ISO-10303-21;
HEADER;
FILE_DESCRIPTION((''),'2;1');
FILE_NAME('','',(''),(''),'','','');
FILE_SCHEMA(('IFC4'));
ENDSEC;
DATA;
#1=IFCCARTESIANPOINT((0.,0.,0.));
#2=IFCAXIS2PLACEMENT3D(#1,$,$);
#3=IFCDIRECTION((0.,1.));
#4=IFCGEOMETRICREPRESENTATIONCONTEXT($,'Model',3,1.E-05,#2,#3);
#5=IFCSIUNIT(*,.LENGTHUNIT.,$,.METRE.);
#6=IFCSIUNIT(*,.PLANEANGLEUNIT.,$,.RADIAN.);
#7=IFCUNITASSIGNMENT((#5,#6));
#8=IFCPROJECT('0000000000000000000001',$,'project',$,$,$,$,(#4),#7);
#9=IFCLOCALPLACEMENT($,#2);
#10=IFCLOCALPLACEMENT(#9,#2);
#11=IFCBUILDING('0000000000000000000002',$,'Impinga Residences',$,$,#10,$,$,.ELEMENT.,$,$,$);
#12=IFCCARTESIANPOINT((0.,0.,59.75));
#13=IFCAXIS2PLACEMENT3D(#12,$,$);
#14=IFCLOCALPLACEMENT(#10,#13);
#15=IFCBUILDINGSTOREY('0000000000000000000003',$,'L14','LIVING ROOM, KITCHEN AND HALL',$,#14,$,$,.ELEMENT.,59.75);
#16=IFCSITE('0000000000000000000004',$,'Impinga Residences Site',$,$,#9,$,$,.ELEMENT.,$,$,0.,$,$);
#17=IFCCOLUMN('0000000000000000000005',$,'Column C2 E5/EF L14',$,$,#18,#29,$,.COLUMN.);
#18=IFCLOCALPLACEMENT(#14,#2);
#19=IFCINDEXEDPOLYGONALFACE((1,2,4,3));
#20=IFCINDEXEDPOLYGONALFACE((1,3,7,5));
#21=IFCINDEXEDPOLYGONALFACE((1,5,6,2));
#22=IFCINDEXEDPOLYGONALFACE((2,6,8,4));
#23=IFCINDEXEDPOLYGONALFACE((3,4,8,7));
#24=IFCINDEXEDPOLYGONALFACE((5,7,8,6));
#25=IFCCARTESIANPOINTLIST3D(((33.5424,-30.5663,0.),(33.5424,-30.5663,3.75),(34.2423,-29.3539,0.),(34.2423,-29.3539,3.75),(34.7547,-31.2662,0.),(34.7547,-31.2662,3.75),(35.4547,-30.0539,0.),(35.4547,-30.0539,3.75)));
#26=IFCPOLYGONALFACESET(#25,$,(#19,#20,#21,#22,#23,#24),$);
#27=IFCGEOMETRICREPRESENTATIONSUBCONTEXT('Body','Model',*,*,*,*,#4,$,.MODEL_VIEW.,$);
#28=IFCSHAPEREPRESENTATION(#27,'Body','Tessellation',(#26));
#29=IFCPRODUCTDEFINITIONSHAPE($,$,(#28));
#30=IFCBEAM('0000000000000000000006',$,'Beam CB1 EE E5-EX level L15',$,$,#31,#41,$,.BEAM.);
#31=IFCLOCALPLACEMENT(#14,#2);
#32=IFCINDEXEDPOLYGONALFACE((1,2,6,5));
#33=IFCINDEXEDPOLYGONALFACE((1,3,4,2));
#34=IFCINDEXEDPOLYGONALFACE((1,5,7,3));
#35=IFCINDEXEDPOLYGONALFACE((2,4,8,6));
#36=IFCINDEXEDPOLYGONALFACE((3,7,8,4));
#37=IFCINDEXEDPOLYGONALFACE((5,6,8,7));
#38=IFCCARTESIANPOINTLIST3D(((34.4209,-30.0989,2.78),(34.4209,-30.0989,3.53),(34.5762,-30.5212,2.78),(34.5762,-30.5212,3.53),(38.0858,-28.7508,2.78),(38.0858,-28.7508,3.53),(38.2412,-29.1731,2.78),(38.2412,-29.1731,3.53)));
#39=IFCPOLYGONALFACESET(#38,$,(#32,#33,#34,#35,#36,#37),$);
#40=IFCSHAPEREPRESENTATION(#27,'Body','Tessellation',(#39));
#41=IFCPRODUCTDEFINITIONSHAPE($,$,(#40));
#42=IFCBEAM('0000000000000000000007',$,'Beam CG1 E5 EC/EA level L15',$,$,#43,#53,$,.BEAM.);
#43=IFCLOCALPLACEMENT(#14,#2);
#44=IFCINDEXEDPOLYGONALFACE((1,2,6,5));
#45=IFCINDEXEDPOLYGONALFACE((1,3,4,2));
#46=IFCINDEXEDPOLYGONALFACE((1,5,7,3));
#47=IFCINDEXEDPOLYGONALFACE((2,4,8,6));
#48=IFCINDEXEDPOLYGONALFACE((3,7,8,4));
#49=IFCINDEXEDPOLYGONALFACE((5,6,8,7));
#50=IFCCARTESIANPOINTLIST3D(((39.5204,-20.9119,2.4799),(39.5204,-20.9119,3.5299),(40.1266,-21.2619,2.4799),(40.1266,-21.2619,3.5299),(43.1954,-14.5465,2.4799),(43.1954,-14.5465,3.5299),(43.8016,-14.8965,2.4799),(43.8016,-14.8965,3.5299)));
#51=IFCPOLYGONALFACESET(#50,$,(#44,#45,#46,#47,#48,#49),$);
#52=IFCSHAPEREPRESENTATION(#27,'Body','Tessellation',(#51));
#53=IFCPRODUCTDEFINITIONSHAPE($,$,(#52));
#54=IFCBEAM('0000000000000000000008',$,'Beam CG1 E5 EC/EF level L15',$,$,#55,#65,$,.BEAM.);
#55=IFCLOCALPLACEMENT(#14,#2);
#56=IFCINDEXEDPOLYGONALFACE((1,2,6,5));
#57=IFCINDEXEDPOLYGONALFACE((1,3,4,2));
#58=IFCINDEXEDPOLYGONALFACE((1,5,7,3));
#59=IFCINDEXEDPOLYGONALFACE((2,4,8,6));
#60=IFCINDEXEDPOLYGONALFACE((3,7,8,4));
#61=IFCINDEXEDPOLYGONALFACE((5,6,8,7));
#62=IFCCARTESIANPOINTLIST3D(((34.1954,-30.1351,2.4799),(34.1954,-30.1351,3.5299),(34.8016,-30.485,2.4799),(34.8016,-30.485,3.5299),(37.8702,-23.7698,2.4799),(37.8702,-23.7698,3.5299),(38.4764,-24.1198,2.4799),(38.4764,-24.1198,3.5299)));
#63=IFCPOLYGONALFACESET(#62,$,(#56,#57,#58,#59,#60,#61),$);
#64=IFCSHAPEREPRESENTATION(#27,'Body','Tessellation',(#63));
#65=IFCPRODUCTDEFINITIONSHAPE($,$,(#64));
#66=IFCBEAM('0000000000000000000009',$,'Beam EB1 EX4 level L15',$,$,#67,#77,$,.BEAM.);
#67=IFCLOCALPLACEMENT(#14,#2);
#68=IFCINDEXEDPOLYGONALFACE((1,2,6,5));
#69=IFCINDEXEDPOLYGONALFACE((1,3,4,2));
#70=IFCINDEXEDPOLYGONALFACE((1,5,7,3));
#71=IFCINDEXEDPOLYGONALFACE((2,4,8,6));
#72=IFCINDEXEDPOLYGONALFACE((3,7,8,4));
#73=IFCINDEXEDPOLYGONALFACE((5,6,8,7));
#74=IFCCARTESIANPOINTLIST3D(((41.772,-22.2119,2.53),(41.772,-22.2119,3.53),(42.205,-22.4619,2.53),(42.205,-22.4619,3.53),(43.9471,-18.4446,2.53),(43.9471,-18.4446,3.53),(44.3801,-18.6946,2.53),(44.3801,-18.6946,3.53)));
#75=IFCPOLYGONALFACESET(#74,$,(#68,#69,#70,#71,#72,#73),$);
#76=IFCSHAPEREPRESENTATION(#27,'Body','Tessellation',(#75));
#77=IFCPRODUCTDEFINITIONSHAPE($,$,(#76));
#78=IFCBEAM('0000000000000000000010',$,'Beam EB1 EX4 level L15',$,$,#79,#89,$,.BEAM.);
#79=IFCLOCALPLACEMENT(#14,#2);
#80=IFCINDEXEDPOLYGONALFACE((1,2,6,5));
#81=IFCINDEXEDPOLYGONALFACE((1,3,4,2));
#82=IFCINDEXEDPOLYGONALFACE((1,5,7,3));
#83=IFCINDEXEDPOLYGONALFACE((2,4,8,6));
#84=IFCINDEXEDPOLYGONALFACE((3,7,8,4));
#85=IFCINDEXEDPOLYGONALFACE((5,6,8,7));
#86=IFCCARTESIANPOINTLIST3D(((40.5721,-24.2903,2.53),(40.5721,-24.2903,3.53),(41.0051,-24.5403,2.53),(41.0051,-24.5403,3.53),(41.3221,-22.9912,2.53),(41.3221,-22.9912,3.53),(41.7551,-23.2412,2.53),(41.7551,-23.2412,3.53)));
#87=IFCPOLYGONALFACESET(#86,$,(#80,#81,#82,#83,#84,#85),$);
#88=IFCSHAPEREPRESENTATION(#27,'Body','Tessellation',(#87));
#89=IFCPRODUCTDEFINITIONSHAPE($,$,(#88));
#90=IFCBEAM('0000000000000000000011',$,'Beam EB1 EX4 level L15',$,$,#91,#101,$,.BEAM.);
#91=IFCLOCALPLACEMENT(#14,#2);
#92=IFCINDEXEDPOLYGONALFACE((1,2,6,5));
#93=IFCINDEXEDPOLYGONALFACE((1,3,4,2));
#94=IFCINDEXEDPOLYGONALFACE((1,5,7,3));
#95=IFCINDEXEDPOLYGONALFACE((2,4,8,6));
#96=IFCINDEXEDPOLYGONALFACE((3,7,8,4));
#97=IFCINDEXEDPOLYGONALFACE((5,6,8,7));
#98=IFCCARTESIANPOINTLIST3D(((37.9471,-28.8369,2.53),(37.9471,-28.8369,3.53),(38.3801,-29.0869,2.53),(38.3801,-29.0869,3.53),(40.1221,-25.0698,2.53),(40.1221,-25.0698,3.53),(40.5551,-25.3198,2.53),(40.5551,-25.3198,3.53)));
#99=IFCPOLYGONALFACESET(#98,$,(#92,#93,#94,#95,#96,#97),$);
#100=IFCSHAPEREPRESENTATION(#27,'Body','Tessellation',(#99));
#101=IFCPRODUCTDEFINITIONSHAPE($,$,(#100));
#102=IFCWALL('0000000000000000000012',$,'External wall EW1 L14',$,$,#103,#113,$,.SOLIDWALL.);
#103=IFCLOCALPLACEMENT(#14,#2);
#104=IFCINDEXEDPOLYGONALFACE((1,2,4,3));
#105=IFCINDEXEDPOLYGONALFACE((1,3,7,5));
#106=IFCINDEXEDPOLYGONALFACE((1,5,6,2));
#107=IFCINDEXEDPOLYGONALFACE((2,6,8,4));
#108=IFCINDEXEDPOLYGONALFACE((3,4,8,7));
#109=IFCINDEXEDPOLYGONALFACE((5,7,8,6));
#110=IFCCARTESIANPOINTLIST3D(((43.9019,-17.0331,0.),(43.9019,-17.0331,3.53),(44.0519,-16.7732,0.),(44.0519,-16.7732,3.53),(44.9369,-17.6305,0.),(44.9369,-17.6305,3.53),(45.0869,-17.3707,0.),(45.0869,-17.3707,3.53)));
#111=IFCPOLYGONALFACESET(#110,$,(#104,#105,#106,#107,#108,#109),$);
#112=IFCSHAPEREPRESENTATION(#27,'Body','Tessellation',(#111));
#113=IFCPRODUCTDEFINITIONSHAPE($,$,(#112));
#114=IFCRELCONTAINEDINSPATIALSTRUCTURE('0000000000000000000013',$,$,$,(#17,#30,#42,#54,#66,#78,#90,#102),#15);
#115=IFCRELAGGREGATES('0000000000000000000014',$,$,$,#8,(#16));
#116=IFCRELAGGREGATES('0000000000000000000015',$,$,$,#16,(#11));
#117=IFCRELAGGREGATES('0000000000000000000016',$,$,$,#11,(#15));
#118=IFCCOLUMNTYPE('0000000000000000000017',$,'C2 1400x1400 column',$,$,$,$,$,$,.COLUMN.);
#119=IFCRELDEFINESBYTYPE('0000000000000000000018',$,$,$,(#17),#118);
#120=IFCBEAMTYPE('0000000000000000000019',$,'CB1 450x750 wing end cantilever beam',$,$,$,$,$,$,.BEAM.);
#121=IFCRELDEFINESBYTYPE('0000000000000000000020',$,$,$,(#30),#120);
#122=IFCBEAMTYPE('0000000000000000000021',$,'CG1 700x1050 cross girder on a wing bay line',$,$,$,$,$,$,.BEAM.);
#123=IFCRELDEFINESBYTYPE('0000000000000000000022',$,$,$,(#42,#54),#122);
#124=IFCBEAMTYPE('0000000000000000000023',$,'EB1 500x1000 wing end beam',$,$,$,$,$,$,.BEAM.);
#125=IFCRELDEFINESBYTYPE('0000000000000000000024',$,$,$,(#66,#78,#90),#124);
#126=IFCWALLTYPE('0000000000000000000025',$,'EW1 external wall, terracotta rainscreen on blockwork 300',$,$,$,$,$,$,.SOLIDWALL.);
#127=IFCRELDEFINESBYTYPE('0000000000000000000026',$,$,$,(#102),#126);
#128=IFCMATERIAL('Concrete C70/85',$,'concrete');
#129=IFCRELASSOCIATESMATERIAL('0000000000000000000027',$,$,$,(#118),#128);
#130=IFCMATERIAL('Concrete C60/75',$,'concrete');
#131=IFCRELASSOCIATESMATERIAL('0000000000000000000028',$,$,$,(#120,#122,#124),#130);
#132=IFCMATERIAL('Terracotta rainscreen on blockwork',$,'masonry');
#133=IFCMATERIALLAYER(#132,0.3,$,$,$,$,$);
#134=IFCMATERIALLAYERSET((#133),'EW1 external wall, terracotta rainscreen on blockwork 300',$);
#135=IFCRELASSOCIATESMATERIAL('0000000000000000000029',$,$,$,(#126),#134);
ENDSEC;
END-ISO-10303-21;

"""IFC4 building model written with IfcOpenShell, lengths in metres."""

from ifc_helpers import new_model, si_unit, direction, frame, frame_2d, origin, origin_2d, place, context, subcontext, project, spatial, rectangle, extrude, material, layer, layer_set, material_profile, profile_set, type_object, element, save


model = new_model("IFC4")

# Units and contexts
model_context = context("Model", 3, precision=1e-05, world=origin(), true_north=direction((0.0, 1.0)))
body_context = subcontext(model_context, "Body", "Model", "MODEL_VIEW")
ifc_project = project(units=[si_unit("LENGTHUNIT", "METRE"), si_unit("PLANEANGLEUNIT", "RADIAN")], contexts=[model_context])

# Site, building, storey
site_placement = place(None, origin())
site = spatial("IfcSite", under=ifc_project, at=site_placement, Name="Impinga Residences Site", CompositionType="ELEMENT", RefElevation=0.0)
building_placement = place(site_placement, origin())
building = spatial("IfcBuilding", under=site, at=building_placement, Name="Impinga Residences", CompositionType="ELEMENT")
storey_placement = place(building_placement, frame((0.0, 0.0, 59.75)))
storey = spatial("IfcBuildingStorey", under=building, at=storey_placement, Name="L14", Description="LIVING ROOM, KITCHEN AND HALL", CompositionType="ELEMENT", Elevation=59.75)

# Column
ifc_material_1 = material(Name="Concrete C70/85", Category="concrete")
ifc_material_profile_1 = material_profile(ifc_material_1, rectangle(XDim=1.3999, YDim=1.3999, at=origin_2d()), Name="RC 1400x1400")
ifc_profile_set_1 = profile_set([ifc_material_profile_1], Name="Concrete C70/85")
column_type = type_object("IfcColumnType", Name="C2 1400x1400 column", PredefinedType="COLUMN", material=ifc_profile_set_1)
column_placement = place(storey_placement, frame((34.4985, -30.3101, 0.0), z_axis=(0.0, 0.0, 1.0), x_axis=(-0.5, -0.866025, 0.0)))
element("IfcColumn", 1, at=column_placement, inside=storey, type_object=column_type, Name="Column C2 E5/EF L14", PredefinedType="COLUMN", context=body_context, shape_type="SweptSolid", body=[
    extrude(rectangle(XDim=1.3999, YDim=1.3999, at=origin_2d()), origin(), (0.0, 0.0, 1.0), 3.75),
])

# Beams
ifc_material_2 = material(Name="Concrete C60/75", Category="concrete")
ifc_material_profile_2 = material_profile(ifc_material_2, rectangle(XDim=0.45, YDim=0.75, at=origin_2d()), Name="RC 450x750")
ifc_profile_set_2 = profile_set([ifc_material_profile_2], Name="Concrete C60/75")
beam_type_1 = type_object("IfcBeamType", Name="CB1 450x750 wing end cantilever beam", PredefinedType="BEAM", material=ifc_profile_set_2)
beam_1_placement = place(storey_placement, frame((34.4985, -30.3101, 3.155), z_axis=(0.93852, 0.345224, 0.0), x_axis=(-0.345224, 0.93852, 0.0)))
element("IfcBeam", 2, at=beam_1_placement, inside=storey, type_object=beam_type_1, Name="Beam CB1 EE E5-EX level L15", PredefinedType="BEAM", context=body_context, shape_type="SweptSolid", body=[
    extrude(rectangle(XDim=0.45, YDim=0.75, at=origin_2d()), origin(), (0.0, 0.0, 1.0), 3.905),
])
ifc_material_profile_3 = material_profile(ifc_material_2, rectangle(XDim=0.7, YDim=1.05, at=origin_2d()), Name="RC 700x1050")
ifc_profile_set_3 = profile_set([ifc_material_profile_3], Name="Concrete C60/75")
beam_type_2 = type_object("IfcBeamType", Name="CG1 700x1050 cross girder on a wing bay line", PredefinedType="BEAM", material=ifc_profile_set_3)
beam_2_placement = place(storey_placement, frame((39.8235, -21.0869, 3.0049), z_axis=(0.499994, 0.866029, 0.0), x_axis=(-0.866029, 0.499994, 0.0)))
element("IfcBeam", 3, at=beam_2_placement, inside=storey, type_object=beam_type_2, Name="Beam CG1 E5 EC/EA level L15", PredefinedType="BEAM", context=body_context, shape_type="SweptSolid", body=[
    extrude(rectangle(XDim=0.7, YDim=1.05, at=origin_2d()), origin(), (0.0, 0.0, 1.0), 7.3501),
])
beam_3_placement = place(storey_placement, frame((38.1733, -23.9448, 3.0049), z_axis=(-0.499983, -0.866035, 0.0), x_axis=(0.866035, -0.499983, 0.0)))
element("IfcBeam", 4, at=beam_3_placement, inside=storey, type_object=beam_type_2, Name="Beam CG1 E5 EC/EF level L15", PredefinedType="BEAM", context=body_context, shape_type="SweptSolid", body=[
    extrude(rectangle(XDim=0.7, YDim=1.05, at=origin_2d()), origin(), (0.0, 0.0, 1.0), 7.3499),
])
ifc_material_profile_4 = material_profile(ifc_material_2, rectangle(XDim=0.5, YDim=1.0, at=origin_2d()), Name="RC 500x1000")
ifc_profile_set_4 = profile_set([ifc_material_profile_4], Name="Concrete C60/75")
beam_type_3 = type_object("IfcBeamType", Name="EB1 500x1000 wing end beam", PredefinedType="BEAM", material=ifc_profile_set_4)
beam_4_placement = place(storey_placement, frame((44.1636, -18.5696, 3.03), z_axis=(-0.499996, -0.866028, 0.0), x_axis=(0.866028, -0.499996, 0.0)))
element("IfcBeam", 5, at=beam_4_placement, inside=storey, type_object=beam_type_3, Name="Beam EB1 EX4 level L15", PredefinedType="BEAM", context=body_context, shape_type="SweptSolid", body=[
    extrude(rectangle(XDim=0.5, YDim=1.0, at=origin_2d()), origin(), (0.0, 0.0, 1.0), 4.3501),
])
beam_5_placement = place(storey_placement, frame((41.5386, -23.1162, 3.03), z_axis=(-0.49999, -0.866031, 0.0), x_axis=(0.866031, -0.49999, 0.0)))
element("IfcBeam", 6, at=beam_5_placement, inside=storey, type_object=beam_type_3, Name="Beam EB1 EX4 level L15", PredefinedType="BEAM", context=body_context, shape_type="SweptSolid", body=[
    extrude(rectangle(XDim=0.5, YDim=1.0, at=origin_2d()), origin(), (0.0, 0.0, 1.0), 1.5),
])
beam_6_placement = place(storey_placement, frame((40.3386, -25.1948, 3.03), z_axis=(-0.50002, -0.866014, 0.0), x_axis=(0.866014, -0.50002, 0.0)))
element("IfcBeam", 7, at=beam_6_placement, inside=storey, type_object=beam_type_3, Name="Beam EB1 EX4 level L15", PredefinedType="BEAM", context=body_context, shape_type="SweptSolid", body=[
    extrude(rectangle(XDim=0.5, YDim=1.0, at=origin_2d()), origin(), (0.0, 0.0, 1.0), 4.3499),
])

# Wall
ifc_material_3 = material(Name="Terracotta rainscreen on blockwork", Category="masonry")
ifc_layer_1 = layer(ifc_material_3, 0.3)
ifc_layer_set_1 = layer_set([ifc_layer_1], Name="EW1 external wall, terracotta rainscreen on blockwork 300")
wall_type_1 = type_object("IfcWallType", Name="EW1 external wall, terracotta rainscreen on blockwork 300", PredefinedType="SOLIDWALL", material=ifc_layer_set_1)
wall_1_placement = place(storey_placement, frame((43.9768, -16.9031, 0.0), z_axis=(0.0, 0.0, 1.0), x_axis=(0.86606, -0.499941, 0.0)))
element("IfcWall", 8, at=wall_1_placement, inside=storey, type_object=wall_type_1, Name="External wall EW1 L14", PredefinedType="SOLIDWALL", context=body_context, shape_type="SweptSolid", body=[
    extrude(rectangle(XDim=1.1951, YDim=0.3, at=frame_2d((0.5977, 0.0))), origin(), (0.0, 0.0, 1.0), 3.53),
])

save(model, "model.ifc")
